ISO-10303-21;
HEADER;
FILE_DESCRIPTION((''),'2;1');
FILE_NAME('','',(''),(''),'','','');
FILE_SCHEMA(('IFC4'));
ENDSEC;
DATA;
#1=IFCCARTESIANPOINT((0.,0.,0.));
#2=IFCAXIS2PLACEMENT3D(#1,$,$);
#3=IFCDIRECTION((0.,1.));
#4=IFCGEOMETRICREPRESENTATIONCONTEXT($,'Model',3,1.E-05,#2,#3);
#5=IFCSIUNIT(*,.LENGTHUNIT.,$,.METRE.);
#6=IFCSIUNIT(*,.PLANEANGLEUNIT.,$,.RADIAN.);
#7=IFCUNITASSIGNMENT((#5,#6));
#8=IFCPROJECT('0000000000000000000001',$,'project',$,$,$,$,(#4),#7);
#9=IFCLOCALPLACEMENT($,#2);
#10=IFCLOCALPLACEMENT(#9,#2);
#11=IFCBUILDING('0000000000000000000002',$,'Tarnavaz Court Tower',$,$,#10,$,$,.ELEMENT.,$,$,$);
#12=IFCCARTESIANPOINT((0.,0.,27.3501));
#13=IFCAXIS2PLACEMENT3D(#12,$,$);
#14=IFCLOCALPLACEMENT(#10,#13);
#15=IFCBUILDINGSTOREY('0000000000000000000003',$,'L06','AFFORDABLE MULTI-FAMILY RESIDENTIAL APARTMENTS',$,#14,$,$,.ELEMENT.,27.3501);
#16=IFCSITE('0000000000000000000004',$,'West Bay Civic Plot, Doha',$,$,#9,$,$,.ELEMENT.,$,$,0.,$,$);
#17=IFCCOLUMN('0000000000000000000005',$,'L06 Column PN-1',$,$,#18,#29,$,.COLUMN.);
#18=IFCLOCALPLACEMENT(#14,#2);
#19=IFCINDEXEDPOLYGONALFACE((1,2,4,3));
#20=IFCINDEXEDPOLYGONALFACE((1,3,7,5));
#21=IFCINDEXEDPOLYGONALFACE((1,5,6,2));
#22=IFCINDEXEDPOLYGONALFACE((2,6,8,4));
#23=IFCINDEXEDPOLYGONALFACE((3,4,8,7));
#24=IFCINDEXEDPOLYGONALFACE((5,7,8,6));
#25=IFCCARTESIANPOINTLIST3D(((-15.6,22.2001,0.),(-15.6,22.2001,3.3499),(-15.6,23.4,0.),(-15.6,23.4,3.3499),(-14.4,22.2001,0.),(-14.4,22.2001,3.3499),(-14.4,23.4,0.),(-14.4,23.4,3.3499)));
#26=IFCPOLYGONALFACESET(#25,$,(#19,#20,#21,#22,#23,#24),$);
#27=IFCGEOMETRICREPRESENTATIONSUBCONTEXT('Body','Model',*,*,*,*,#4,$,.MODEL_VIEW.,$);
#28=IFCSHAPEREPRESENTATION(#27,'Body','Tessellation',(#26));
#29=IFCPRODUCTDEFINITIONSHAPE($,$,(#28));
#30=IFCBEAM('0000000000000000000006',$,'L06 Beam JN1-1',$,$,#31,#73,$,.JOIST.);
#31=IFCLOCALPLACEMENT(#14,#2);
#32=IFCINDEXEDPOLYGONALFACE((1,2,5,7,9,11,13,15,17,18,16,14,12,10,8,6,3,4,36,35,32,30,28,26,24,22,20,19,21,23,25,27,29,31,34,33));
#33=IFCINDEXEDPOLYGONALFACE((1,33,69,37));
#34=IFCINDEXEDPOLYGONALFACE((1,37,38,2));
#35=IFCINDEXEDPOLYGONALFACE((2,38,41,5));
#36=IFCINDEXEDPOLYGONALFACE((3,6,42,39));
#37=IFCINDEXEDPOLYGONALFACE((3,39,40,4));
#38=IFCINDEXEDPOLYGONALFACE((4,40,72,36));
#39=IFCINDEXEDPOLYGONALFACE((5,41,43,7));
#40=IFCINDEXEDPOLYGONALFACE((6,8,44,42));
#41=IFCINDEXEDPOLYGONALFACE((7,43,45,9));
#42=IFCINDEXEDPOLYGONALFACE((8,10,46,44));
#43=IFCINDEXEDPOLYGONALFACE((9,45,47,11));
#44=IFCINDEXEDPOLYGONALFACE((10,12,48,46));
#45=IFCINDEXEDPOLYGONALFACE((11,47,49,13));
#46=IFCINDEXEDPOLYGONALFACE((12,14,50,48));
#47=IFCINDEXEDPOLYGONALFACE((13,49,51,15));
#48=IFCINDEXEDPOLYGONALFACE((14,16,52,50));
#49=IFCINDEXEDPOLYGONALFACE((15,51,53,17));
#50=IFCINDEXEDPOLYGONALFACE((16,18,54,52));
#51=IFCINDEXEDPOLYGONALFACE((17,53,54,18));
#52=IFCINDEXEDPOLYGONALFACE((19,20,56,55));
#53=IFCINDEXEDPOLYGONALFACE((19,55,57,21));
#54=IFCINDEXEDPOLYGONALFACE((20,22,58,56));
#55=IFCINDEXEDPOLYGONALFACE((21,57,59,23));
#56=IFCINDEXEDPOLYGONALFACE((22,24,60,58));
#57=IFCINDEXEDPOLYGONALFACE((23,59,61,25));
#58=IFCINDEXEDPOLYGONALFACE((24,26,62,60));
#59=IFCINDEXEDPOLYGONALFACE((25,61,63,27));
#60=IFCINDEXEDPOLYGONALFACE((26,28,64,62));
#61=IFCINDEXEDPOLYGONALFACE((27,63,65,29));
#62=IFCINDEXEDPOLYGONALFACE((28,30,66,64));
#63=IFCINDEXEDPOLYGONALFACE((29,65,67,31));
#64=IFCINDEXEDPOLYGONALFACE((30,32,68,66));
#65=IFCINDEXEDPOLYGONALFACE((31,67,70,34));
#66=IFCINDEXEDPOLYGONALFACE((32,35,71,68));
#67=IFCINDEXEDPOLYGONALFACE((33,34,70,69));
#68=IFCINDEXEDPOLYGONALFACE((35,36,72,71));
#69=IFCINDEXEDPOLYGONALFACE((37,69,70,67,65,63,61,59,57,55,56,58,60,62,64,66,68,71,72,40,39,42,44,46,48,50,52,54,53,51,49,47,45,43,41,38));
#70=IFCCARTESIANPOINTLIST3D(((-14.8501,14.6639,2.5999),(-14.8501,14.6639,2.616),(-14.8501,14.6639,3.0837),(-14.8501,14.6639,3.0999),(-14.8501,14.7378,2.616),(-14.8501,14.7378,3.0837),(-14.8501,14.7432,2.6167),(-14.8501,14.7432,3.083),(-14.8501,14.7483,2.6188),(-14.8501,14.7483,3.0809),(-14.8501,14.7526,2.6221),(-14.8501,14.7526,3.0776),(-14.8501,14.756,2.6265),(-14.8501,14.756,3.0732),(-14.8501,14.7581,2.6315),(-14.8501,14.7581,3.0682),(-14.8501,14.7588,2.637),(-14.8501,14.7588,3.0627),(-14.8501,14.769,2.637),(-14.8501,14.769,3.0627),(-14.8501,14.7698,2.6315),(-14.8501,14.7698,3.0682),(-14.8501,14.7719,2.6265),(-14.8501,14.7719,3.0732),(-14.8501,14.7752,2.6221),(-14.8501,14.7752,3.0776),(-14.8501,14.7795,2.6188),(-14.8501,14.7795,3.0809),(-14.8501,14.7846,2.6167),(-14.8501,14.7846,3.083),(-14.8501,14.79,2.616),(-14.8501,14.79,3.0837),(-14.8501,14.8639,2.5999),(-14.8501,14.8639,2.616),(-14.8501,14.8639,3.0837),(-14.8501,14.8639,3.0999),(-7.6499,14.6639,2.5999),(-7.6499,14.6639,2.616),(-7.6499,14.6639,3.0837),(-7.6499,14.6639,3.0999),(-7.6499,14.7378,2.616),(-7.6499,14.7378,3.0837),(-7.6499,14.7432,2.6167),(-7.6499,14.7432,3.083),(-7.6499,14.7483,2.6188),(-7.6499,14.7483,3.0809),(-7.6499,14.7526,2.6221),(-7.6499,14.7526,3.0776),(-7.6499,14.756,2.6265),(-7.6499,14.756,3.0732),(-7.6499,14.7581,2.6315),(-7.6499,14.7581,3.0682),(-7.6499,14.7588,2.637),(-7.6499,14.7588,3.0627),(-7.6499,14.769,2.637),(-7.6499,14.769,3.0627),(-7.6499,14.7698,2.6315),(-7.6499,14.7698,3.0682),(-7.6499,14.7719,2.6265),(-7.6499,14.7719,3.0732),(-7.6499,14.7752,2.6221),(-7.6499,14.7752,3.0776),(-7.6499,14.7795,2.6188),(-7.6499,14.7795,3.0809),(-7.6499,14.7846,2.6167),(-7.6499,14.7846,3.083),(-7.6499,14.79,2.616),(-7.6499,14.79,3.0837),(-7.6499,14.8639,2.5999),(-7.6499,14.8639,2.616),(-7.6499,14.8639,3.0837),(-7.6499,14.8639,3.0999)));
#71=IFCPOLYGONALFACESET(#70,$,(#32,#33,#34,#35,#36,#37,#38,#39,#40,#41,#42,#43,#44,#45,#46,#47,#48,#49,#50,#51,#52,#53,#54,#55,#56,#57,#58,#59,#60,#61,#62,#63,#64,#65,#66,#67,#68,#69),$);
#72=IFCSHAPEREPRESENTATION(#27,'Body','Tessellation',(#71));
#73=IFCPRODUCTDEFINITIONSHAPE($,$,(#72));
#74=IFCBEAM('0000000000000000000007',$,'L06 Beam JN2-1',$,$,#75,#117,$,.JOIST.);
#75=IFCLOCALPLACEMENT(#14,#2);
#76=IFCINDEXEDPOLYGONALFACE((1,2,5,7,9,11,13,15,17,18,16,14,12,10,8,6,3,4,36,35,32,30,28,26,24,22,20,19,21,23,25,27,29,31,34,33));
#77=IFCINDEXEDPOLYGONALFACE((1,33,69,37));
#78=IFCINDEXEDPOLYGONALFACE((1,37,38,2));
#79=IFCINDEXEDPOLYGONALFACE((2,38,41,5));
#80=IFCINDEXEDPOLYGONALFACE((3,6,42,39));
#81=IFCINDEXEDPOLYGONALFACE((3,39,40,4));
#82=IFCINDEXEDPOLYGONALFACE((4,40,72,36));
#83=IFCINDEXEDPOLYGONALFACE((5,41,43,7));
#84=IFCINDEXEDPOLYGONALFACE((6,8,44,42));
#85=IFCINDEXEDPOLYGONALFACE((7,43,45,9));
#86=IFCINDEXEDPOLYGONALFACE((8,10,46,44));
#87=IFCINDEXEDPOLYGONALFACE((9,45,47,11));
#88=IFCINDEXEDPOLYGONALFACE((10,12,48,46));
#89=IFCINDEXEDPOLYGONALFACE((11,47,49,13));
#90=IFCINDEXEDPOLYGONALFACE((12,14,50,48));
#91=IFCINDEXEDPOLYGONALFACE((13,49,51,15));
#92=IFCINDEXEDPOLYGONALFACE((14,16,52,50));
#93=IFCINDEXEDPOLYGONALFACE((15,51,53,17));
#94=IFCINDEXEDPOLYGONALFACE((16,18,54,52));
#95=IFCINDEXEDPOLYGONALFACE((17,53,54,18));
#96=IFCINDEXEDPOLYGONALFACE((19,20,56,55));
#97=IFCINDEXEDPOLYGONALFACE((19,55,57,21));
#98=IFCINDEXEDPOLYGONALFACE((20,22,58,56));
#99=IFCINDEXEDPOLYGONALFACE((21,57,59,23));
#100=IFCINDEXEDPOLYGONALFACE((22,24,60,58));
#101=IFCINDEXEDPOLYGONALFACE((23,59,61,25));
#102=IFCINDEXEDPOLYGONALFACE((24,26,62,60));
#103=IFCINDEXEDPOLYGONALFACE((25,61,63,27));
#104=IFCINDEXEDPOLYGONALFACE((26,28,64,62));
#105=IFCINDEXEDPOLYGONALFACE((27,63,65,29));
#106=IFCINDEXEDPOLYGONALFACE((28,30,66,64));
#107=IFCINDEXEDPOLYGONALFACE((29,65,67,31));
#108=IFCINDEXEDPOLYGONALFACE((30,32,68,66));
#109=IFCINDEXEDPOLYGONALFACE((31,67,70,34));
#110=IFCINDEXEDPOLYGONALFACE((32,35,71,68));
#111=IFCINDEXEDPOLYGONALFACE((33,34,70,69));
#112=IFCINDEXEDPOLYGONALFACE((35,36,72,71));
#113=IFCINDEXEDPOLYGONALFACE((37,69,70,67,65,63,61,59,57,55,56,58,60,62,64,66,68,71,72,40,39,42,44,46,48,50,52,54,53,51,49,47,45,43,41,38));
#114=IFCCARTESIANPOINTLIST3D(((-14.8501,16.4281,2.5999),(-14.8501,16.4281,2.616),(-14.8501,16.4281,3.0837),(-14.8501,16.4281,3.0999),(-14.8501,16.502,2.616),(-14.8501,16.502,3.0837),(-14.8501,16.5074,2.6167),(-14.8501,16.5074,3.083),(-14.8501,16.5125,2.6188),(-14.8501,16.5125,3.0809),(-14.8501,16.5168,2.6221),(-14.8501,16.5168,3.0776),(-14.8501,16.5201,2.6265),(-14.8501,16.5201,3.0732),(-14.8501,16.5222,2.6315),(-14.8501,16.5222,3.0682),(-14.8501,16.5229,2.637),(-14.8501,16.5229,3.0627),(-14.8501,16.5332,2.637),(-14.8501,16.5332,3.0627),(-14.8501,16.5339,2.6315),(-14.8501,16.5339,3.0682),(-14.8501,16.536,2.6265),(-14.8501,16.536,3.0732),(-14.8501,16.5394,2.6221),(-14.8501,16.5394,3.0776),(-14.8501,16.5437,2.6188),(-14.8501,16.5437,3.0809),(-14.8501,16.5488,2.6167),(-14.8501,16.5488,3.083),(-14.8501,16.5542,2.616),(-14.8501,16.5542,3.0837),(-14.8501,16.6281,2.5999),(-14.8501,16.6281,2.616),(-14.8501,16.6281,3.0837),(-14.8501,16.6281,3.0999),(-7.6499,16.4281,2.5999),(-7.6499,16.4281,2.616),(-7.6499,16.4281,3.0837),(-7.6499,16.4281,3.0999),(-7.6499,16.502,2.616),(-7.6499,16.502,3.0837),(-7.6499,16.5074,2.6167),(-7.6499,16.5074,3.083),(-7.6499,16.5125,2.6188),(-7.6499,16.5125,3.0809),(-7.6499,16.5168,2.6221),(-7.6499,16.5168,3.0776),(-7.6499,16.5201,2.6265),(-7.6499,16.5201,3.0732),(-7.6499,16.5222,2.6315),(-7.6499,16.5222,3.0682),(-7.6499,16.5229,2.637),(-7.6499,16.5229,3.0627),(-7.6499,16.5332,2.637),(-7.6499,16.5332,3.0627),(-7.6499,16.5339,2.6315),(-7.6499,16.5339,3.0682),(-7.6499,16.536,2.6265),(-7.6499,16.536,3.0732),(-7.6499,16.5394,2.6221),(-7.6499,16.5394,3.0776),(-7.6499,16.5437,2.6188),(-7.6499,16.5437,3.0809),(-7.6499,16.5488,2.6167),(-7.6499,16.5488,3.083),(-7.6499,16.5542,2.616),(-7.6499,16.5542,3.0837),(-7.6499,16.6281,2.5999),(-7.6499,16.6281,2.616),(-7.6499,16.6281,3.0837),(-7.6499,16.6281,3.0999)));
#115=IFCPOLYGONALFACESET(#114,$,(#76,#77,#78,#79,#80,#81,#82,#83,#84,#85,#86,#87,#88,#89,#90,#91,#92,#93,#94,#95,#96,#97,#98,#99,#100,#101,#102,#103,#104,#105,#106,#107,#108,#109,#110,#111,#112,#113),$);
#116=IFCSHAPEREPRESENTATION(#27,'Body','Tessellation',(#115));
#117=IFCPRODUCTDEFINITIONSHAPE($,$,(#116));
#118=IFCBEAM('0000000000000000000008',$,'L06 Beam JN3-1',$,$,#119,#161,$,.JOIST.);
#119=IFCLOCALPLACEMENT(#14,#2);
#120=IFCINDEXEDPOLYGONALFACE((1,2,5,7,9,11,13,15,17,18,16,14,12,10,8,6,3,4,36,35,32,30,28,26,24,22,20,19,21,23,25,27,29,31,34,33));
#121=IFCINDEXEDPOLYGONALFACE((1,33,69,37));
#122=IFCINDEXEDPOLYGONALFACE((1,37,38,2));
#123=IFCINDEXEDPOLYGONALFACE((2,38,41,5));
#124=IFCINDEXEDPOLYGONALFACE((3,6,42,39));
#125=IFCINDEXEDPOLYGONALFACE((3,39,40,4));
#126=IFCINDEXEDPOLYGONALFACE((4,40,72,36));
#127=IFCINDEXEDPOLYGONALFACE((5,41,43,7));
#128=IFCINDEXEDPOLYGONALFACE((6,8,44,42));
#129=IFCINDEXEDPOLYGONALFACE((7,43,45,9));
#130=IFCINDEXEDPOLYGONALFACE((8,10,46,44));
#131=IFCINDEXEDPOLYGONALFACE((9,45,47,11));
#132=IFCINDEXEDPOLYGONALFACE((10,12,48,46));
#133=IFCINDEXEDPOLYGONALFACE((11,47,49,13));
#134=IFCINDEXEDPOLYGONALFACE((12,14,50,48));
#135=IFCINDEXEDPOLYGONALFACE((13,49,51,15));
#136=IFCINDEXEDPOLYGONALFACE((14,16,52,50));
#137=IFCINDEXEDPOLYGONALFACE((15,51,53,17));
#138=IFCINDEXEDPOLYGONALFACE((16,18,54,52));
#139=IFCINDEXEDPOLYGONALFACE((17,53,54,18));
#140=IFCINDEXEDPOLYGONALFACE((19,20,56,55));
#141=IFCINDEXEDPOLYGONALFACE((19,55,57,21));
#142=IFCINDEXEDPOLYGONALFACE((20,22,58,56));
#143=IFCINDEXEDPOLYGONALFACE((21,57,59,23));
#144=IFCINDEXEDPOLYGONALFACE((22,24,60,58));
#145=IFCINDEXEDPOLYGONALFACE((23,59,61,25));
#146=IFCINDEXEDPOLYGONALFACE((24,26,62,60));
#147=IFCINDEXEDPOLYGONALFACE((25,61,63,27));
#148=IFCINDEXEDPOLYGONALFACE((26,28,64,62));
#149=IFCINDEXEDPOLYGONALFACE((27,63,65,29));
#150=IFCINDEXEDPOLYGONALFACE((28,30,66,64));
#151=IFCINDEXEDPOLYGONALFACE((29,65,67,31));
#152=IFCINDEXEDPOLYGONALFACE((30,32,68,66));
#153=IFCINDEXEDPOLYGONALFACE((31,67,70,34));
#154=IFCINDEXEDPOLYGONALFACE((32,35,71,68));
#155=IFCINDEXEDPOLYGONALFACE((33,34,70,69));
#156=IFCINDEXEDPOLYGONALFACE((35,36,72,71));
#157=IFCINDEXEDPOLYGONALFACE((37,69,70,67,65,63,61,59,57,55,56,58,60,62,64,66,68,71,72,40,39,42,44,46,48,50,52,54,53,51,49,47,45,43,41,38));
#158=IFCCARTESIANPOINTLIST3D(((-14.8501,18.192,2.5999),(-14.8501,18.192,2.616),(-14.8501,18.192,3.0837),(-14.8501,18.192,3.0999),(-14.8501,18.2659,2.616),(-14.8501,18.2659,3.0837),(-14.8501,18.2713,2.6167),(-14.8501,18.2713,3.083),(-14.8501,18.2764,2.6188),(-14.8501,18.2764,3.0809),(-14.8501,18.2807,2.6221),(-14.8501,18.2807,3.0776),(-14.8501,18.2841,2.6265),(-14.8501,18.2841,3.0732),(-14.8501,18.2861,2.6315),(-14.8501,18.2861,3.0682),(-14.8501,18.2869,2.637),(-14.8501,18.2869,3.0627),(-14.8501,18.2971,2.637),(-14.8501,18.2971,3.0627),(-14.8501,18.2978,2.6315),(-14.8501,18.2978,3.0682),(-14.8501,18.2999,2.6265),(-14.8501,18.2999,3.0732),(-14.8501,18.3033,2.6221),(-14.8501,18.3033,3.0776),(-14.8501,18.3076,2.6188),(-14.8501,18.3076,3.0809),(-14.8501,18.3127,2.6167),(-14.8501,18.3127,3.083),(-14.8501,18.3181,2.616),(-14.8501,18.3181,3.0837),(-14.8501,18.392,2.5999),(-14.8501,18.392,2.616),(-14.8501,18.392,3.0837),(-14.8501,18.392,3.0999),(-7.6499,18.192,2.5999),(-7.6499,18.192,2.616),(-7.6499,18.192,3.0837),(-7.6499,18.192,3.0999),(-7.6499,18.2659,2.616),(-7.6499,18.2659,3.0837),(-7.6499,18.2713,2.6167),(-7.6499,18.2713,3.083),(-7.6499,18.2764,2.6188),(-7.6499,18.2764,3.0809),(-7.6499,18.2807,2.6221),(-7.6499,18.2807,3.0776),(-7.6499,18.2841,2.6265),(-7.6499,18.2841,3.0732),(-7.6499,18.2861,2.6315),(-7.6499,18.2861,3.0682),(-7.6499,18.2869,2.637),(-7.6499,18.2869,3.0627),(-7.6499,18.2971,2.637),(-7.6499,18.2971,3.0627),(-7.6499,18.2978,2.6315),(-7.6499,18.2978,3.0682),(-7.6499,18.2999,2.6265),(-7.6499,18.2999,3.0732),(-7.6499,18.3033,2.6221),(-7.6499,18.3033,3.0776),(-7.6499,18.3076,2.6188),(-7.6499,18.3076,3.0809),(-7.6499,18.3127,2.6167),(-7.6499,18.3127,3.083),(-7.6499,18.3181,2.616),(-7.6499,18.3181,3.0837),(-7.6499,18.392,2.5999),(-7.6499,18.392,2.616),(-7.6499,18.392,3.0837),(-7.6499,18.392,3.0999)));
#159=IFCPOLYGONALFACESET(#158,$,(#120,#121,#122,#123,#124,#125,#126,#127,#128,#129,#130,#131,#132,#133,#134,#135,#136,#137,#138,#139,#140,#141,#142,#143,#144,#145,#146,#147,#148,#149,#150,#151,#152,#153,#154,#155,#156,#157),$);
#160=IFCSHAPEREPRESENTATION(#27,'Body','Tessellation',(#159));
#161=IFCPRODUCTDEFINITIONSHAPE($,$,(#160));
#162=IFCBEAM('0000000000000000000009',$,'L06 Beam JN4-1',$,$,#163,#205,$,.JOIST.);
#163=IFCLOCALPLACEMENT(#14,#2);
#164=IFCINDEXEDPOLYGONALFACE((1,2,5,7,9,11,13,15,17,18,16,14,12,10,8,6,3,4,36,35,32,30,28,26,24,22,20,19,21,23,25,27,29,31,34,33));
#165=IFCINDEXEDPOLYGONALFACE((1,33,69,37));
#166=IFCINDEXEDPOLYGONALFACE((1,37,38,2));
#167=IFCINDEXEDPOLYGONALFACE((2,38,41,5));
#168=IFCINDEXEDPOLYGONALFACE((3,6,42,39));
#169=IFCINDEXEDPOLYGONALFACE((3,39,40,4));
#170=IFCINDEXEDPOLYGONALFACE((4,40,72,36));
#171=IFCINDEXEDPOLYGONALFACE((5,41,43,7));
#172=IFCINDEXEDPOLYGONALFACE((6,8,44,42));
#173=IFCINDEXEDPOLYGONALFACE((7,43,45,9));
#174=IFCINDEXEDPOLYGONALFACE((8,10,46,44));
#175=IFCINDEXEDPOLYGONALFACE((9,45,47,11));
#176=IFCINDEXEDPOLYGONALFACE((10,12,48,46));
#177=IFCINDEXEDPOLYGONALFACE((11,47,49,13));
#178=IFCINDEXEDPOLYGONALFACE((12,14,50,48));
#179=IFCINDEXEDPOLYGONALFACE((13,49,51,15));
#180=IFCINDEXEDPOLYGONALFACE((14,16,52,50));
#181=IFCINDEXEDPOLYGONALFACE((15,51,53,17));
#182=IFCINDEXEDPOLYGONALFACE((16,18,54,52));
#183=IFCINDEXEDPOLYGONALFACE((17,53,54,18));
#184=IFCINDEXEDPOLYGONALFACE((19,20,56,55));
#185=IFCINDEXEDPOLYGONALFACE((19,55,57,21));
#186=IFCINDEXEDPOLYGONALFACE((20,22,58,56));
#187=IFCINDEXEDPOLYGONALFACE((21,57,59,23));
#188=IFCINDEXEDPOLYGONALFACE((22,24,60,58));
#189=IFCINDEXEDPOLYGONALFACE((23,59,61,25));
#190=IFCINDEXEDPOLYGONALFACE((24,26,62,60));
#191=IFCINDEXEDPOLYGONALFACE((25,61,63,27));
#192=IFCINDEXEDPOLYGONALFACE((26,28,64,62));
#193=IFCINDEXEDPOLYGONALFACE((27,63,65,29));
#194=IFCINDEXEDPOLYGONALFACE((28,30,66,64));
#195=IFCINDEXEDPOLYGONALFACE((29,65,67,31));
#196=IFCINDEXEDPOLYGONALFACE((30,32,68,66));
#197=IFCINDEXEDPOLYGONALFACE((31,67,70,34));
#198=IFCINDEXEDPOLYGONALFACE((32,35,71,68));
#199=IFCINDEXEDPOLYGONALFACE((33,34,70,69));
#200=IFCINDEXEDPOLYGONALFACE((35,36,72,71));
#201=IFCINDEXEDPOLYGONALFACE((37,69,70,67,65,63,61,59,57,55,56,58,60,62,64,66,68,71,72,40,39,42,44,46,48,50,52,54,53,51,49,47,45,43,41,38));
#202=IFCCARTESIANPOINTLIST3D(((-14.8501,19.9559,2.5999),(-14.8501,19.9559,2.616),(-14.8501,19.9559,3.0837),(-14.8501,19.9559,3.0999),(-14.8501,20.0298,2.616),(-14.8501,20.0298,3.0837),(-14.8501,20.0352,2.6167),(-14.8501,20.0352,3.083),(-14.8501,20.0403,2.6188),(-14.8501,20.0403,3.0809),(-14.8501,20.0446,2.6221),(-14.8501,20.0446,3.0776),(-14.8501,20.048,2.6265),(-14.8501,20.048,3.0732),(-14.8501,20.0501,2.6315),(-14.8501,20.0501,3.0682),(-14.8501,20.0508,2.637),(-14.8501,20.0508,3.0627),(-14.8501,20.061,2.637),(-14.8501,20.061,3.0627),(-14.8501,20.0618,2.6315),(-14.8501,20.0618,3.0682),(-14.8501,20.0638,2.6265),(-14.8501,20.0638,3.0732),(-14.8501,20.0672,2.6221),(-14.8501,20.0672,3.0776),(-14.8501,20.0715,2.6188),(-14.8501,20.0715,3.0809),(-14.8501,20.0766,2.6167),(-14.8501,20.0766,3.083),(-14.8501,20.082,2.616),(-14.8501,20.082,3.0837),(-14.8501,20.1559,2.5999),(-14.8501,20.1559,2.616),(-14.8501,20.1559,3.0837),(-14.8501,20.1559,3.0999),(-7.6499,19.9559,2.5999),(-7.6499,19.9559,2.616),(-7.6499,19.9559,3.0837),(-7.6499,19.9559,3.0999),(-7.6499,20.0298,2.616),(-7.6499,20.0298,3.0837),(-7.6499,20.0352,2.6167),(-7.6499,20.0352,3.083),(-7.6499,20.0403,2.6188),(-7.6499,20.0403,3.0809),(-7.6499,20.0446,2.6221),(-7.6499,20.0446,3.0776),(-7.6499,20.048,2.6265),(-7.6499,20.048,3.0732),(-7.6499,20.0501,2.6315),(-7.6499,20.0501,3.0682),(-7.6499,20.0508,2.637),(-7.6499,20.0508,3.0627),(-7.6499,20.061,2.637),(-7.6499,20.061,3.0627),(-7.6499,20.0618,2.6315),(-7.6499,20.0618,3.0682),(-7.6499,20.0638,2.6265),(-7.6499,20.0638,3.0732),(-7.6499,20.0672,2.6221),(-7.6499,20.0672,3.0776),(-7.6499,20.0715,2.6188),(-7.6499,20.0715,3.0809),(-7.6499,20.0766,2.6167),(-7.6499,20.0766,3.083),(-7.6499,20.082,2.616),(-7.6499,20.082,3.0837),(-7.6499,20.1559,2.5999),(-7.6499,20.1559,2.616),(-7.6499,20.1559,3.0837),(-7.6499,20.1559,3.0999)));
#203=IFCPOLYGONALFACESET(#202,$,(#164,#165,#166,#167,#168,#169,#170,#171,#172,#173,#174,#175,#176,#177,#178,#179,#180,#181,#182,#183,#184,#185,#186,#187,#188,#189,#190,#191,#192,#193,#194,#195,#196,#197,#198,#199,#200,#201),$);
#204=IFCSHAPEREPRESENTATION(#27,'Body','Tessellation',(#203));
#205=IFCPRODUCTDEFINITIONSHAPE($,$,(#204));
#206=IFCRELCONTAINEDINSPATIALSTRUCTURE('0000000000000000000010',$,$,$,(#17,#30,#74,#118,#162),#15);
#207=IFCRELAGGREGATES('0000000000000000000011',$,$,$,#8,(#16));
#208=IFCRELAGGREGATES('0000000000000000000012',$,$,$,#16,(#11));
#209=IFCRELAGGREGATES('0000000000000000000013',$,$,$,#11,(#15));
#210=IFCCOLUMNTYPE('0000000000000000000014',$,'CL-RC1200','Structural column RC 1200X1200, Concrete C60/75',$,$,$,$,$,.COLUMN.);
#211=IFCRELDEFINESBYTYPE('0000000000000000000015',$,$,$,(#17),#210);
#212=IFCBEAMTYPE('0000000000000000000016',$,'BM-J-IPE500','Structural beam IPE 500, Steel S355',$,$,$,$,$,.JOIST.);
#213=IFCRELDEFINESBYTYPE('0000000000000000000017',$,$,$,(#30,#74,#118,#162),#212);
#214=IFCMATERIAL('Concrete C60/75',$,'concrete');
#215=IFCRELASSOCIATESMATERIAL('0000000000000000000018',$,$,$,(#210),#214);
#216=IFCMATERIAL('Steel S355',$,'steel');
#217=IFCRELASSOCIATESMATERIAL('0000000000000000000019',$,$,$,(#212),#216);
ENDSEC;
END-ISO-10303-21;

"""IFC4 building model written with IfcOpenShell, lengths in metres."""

from ifc_helpers import new_model, si_unit, direction, frame, origin, origin_2d, place, context, subcontext, project, spatial, rectangle, i_section, extrude, material, material_profile, profile_set, type_object, element, save


model = new_model("IFC4")

# Units and contexts
model_context = context("Model", 3, precision=1e-05, world=origin(), true_north=direction((0.0, 1.0)))
body_context = subcontext(model_context, "Body", "Model", "MODEL_VIEW")
ifc_project = project(units=[si_unit("LENGTHUNIT", "METRE"), si_unit("PLANEANGLEUNIT", "RADIAN")], contexts=[model_context])

# Site, building, storey
site_placement = place(None, origin())
site = spatial("IfcSite", under=ifc_project, at=site_placement, Name="West Bay Civic Plot, Doha", CompositionType="ELEMENT", RefElevation=0.0)
building_placement = place(site_placement, origin())
building = spatial("IfcBuilding", under=site, at=building_placement, Name="Tarnavaz Court Tower", CompositionType="ELEMENT")
storey_placement = place(building_placement, frame((0.0, 0.0, 27.3501)))
storey = spatial("IfcBuildingStorey", under=building, at=storey_placement, Name="L06", Description="AFFORDABLE MULTI-FAMILY RESIDENTIAL APARTMENTS", CompositionType="ELEMENT", Elevation=27.3501)

# Column
ifc_material_1 = material(Name="Concrete C60/75", Category="concrete")
ifc_material_profile_1 = material_profile(ifc_material_1, rectangle(XDim=1.2, YDim=1.2, at=origin_2d()), Name="RC 1200X1200")
ifc_profile_set_1 = profile_set([ifc_material_profile_1], Name="Concrete C60/75")
column_type = type_object("IfcColumnType", Name="CL-RC1200", Description="Structural column RC 1200X1200, Concrete C60/75", PredefinedType="COLUMN", material=ifc_profile_set_1)
column_placement = place(storey_placement, frame((-15.0, 22.8, 0.0), z_axis=(0.0, 0.0, 1.0), x_axis=(1.0, 0.0, 0.0)))
element("IfcColumn", 1, at=column_placement, inside=storey, type_object=column_type, Name="L06 Column PN-1", PredefinedType="COLUMN", context=body_context, shape_type="SweptSolid", body=[
    extrude(rectangle(XDim=1.2, YDim=1.2, at=origin_2d()), origin(), (0.0, 0.0, 1.0), 3.3499),
])

# Beams
ifc_material_2 = material(Name="Steel S355", Category="steel")
ifc_material_profile_2 = material_profile(ifc_material_2, i_section(OverallWidth=0.2, OverallDepth=0.5, WebThickness=0.0103, FlangeThickness=0.0161, FilletRadius=0.021, at=origin_2d()), Name="IPE 500")
ifc_profile_set_2 = profile_set([ifc_material_profile_2], Name="Steel S355")
beam_type_1 = type_object("IfcBeamType", Name="BM-J-IPE500", Description="Structural beam IPE 500, Steel S355", PredefinedType="JOIST", material=ifc_profile_set_2)
for number, where, z_axis, x_axis, name in (
    (2, (-14.8501, 14.7639, 2.8499), (1.0, 0.0, 0.0), (0.0, 1.0, 0.0), "L06 Beam JN1-1"),
    (3, (-14.8501, 16.5281, 2.8499), (1.0, 0.0, 0.0), (0.0, 1.0, 0.0), "L06 Beam JN2-1"),
    (4, (-14.8501, 18.292, 2.8499), (1.0, 0.0, 0.0), (0.0, 1.0, 0.0), "L06 Beam JN3-1"),
    (5, (-14.8501, 20.0559, 2.8499), (1.0, 0.0, 0.0), (0.0, 1.0, 0.0), "L06 Beam JN4-1"),
):
    element("IfcBeam", number, at=place(storey_placement, frame(where, z_axis=z_axis, x_axis=x_axis)), inside=storey, type_object=beam_type_1, Name=name, PredefinedType="JOIST", context=body_context, shape_type="SweptSolid", body=[
        extrude(i_section(OverallWidth=0.2, OverallDepth=0.5, WebThickness=0.0103, FlangeThickness=0.0161, FilletRadius=0.021, at=origin_2d()), origin(), (0.0, 0.0, 1.0), 7.2002),
    ])

save(model, "model.ifc")
